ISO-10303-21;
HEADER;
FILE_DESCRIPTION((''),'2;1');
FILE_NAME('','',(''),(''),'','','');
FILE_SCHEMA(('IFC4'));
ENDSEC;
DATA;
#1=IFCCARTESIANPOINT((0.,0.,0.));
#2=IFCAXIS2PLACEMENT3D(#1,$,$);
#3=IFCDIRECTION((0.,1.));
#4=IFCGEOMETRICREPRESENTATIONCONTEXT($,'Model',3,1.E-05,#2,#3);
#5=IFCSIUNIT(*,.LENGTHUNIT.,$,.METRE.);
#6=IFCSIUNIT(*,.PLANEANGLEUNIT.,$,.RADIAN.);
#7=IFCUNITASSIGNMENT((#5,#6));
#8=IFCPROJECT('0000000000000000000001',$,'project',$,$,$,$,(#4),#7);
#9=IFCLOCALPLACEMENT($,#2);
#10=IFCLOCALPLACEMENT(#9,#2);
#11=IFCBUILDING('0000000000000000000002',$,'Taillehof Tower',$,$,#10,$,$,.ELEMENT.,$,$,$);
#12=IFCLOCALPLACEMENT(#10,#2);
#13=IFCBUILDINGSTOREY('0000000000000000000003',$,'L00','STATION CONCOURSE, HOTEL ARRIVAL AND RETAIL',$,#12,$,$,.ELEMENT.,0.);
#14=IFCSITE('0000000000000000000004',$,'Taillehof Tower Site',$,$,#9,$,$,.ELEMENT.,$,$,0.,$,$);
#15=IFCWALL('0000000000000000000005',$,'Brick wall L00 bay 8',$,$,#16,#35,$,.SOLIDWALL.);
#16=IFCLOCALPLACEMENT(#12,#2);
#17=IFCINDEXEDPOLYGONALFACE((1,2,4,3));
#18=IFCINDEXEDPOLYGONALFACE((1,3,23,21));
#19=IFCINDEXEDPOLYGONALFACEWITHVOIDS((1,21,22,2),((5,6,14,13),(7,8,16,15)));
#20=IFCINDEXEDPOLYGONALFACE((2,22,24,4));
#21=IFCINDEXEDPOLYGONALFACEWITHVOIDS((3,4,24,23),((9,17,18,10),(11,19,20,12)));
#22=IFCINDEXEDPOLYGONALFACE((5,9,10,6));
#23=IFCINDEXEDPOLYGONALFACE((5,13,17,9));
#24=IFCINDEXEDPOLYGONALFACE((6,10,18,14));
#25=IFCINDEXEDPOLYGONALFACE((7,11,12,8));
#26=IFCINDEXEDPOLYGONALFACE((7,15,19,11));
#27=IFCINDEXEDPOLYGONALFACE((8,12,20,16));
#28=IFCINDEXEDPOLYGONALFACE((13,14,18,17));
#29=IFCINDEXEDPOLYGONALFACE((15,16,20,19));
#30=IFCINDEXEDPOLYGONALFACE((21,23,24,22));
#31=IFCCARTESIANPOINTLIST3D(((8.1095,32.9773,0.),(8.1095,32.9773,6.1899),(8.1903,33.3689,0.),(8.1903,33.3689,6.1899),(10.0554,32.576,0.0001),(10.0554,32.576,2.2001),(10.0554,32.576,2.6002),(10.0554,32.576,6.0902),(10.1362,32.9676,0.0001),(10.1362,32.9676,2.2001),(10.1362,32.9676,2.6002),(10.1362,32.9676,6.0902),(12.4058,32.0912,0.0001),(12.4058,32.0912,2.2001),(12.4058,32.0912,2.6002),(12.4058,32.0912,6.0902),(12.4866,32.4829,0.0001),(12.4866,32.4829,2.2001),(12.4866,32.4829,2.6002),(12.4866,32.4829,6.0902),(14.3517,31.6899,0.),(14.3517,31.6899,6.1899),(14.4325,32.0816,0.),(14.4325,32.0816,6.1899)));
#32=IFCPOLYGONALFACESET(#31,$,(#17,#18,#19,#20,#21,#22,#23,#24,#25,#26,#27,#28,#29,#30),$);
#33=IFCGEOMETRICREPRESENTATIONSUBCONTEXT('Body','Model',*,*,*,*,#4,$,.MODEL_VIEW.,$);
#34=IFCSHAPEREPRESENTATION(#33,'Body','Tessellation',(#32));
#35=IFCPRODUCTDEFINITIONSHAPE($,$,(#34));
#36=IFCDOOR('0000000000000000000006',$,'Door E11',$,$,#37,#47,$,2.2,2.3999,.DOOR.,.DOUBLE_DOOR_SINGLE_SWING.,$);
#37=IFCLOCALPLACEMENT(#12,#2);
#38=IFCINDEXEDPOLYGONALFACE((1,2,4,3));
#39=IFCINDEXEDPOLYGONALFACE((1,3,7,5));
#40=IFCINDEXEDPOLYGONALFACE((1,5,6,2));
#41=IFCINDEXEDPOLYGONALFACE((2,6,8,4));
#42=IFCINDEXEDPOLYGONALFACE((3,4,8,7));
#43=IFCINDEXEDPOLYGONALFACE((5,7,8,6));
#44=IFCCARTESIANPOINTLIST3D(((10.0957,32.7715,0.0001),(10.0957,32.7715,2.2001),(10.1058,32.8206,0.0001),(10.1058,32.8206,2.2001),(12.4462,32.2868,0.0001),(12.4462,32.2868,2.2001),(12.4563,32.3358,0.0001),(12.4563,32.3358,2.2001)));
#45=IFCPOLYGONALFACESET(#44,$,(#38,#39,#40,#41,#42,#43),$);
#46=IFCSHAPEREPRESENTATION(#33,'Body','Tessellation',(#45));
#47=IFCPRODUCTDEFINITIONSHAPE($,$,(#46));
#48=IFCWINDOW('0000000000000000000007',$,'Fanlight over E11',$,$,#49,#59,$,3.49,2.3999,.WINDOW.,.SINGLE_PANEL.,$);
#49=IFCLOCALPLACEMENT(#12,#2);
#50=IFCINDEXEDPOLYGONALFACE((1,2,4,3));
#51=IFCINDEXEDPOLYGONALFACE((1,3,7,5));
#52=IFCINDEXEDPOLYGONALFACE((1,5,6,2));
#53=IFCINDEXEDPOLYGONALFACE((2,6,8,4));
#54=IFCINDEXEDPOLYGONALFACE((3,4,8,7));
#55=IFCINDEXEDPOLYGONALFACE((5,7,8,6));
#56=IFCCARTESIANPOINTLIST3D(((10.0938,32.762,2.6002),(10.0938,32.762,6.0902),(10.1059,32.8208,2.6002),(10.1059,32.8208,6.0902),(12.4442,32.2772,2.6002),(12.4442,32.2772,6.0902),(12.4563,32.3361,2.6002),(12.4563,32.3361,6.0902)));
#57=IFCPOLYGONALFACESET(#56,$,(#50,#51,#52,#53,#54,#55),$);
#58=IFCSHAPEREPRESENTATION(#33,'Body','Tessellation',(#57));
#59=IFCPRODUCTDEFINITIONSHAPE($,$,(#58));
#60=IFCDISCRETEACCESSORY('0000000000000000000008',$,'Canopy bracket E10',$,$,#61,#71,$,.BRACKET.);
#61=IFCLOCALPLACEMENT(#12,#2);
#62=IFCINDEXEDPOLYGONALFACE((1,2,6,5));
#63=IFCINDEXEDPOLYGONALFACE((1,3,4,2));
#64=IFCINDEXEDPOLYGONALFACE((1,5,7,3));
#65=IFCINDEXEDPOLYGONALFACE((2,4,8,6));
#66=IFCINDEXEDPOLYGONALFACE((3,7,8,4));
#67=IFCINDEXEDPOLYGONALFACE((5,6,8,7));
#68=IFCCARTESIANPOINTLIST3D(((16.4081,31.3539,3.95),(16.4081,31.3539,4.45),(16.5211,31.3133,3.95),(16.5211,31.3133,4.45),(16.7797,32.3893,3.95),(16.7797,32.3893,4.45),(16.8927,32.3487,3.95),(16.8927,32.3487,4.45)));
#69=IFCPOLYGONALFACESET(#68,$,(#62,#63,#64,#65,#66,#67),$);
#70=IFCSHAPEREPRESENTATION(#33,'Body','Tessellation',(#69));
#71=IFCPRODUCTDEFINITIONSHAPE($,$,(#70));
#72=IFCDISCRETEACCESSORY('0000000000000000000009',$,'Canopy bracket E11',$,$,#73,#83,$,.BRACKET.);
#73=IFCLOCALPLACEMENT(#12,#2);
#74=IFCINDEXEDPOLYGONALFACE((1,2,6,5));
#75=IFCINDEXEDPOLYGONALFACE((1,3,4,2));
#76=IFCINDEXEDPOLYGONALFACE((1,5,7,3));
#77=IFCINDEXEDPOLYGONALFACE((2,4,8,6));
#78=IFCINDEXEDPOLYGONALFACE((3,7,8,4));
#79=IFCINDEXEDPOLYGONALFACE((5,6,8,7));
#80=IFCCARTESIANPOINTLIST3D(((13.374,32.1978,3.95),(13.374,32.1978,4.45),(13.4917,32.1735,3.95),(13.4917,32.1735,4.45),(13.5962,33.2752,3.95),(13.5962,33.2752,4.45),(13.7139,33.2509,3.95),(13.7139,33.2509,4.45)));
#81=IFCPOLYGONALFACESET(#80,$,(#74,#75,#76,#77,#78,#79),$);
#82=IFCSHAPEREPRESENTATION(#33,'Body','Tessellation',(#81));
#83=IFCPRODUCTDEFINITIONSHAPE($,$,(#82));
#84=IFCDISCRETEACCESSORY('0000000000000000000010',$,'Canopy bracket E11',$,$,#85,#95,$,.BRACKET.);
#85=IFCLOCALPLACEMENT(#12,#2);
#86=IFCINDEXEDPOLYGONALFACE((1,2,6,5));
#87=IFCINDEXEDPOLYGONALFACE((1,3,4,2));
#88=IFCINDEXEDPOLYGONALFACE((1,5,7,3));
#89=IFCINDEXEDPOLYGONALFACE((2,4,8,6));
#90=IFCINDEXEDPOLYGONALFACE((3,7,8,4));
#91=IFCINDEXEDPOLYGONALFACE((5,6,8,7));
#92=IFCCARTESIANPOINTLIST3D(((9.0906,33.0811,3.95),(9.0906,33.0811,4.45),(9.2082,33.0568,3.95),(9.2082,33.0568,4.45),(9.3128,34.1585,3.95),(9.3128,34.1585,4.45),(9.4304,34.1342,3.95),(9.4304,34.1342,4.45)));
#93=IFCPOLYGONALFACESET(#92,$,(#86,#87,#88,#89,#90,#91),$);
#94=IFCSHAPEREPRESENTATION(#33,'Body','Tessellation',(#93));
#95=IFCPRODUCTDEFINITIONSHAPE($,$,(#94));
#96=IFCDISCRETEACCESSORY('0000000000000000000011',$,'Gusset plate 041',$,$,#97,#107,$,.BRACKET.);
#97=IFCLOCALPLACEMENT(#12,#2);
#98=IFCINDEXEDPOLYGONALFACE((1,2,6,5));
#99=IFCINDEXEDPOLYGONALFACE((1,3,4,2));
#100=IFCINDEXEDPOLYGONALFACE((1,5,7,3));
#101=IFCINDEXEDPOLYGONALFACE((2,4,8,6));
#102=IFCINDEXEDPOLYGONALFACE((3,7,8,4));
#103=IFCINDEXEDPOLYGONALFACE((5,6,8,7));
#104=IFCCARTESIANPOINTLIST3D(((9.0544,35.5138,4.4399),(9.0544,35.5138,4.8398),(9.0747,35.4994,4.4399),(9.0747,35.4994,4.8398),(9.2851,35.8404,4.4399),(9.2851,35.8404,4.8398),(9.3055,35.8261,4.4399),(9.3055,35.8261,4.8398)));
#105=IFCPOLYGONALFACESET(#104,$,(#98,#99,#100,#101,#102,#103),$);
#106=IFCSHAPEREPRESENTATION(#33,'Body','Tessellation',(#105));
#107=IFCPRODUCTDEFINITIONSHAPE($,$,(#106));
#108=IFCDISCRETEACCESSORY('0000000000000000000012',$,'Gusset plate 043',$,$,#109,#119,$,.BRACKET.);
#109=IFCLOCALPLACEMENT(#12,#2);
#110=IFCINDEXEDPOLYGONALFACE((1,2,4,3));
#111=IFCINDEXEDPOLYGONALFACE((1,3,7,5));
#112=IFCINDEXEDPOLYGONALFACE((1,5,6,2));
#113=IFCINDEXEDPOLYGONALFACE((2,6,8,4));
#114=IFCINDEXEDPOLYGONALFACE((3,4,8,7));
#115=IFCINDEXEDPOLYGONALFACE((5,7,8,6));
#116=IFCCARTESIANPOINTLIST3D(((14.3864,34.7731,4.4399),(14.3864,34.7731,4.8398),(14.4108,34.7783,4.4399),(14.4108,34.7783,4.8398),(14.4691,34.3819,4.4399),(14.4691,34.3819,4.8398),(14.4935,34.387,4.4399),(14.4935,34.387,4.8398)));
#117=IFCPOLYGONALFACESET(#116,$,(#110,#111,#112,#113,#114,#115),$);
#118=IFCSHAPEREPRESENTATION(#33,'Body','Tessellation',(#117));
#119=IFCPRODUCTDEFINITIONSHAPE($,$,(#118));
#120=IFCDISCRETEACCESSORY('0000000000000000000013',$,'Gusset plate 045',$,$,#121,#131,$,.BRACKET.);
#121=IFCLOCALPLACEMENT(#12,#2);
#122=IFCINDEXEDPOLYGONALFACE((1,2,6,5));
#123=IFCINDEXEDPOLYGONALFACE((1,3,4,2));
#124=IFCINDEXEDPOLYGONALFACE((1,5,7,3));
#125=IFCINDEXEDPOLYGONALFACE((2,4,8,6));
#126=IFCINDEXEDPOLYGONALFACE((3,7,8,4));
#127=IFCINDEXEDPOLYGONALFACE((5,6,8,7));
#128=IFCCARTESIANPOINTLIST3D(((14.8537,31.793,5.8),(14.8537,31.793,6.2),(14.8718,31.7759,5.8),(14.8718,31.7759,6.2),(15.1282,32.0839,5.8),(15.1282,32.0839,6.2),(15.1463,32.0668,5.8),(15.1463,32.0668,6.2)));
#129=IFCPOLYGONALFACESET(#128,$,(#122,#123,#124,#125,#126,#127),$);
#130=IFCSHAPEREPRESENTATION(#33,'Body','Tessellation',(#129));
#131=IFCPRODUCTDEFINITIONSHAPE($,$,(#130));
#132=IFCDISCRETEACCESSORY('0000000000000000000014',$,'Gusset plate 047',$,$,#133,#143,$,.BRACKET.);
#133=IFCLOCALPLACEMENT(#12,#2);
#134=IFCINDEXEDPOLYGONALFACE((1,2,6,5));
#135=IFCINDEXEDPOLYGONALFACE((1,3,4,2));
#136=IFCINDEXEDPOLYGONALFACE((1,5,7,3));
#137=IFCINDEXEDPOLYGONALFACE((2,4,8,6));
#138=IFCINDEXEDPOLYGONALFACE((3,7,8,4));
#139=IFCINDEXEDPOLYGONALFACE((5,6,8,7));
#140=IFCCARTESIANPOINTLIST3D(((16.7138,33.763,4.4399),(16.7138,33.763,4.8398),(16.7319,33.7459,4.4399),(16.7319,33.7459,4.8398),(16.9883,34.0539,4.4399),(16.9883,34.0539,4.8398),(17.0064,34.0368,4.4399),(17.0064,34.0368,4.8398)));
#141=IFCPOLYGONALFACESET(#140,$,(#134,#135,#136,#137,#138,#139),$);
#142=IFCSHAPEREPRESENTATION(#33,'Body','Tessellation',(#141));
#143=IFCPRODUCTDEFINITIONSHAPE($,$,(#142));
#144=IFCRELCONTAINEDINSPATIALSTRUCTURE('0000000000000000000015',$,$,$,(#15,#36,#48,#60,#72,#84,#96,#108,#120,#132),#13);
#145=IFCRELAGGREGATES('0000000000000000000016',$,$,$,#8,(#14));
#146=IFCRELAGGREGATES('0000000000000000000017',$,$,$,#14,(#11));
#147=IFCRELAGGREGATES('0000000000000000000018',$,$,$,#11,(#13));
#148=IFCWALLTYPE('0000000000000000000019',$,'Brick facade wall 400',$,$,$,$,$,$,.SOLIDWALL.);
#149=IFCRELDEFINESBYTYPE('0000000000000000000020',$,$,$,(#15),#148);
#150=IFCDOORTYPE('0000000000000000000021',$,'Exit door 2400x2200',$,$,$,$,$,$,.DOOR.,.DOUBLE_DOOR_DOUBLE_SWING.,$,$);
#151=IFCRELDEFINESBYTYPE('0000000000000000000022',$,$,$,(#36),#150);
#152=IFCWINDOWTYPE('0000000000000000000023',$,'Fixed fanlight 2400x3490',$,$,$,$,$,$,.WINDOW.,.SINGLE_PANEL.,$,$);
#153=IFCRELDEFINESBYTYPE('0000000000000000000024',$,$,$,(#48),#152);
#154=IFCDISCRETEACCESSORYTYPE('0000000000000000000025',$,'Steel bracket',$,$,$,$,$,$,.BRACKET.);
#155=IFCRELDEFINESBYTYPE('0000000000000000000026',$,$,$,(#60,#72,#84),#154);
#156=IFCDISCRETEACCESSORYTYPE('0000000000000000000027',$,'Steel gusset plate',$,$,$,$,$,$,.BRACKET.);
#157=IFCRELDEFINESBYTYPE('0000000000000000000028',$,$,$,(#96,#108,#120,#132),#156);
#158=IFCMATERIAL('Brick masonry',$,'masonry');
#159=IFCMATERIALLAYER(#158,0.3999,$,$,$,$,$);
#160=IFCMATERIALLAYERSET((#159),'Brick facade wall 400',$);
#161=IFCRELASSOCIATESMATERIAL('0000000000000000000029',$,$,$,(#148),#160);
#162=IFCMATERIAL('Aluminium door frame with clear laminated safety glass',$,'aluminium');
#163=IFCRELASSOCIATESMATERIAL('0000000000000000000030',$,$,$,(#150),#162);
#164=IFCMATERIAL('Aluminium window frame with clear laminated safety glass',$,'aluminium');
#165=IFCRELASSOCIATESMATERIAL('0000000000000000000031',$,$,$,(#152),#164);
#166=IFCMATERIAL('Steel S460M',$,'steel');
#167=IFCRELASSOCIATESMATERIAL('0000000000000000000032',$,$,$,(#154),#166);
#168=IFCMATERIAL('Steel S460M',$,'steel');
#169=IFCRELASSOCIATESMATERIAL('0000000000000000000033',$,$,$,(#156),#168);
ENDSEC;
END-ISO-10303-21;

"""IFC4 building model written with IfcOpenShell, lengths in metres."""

from ifc_helpers import new_model, si_unit, direction, frame, frame_2d, origin, origin_2d, place, context, subcontext, project, spatial, rectangle, extrude, material, layer, layer_set, type_object, element, fill, save


model = new_model("IFC4")

# Units and contexts
model_context = context("Model", 3, precision=1e-05, world=origin(), true_north=direction((0.0, 1.0)))
body_context = subcontext(model_context, "Body", "Model", "MODEL_VIEW")
ifc_project = project(units=[si_unit("LENGTHUNIT", "METRE"), si_unit("PLANEANGLEUNIT", "RADIAN")], contexts=[model_context])

# Site, building, storey
site_placement = place(None, origin())
site = spatial("IfcSite", under=ifc_project, at=site_placement, Name="Taillehof Tower Site", CompositionType="ELEMENT", RefElevation=0.0)
building_placement = place(site_placement, origin())
building = spatial("IfcBuilding", under=site, at=building_placement, Name="Taillehof Tower", CompositionType="ELEMENT")
storey_placement = place(building_placement, origin())
storey = spatial("IfcBuildingStorey", under=building, at=storey_placement, Name="L00", Description="STATION CONCOURSE, HOTEL ARRIVAL AND RETAIL", CompositionType="ELEMENT", Elevation=0.0)

# Wall, openings, door, window
ifc_material_1 = material(Name="Brick masonry", Category="masonry")
ifc_layer = layer(ifc_material_1, 0.3999)
ifc_layer_set = layer_set([ifc_layer], Name="Brick facade wall 400")
wall_type = type_object("IfcWallType", Name="Brick facade wall 400", PredefinedType="SOLIDWALL", material=ifc_layer_set)
wall_placement = place(storey_placement, frame((14.3921, 31.8857, 0.0), z_axis=(0.0, 0.0, 1.0), x_axis=(-0.979389, 0.201984, 0.0)))
wall = element("IfcWall", 1, at=wall_placement, inside=storey, type_object=wall_type, Name="Brick wall L00 bay 8", PredefinedType="SOLIDWALL", context=body_context, shape_type="SweptSolid", body=[
    extrude(rectangle(XDim=6.3735, YDim=0.3999, at=frame_2d((3.1868, 0.0))), origin(), (0.0, 0.0, 1.0), 6.1899),
])
opening_1_placement = place(wall_placement, frame((1.9868, 0.0, 0.0)))
opening_1 = element("IfcOpeningElement", 2, at=opening_1_placement, cuts=wall, PredefinedType="OPENING", context=body_context, shape_type="SweptSolid", body=[
    extrude(rectangle(XDim=2.3999, YDim=2.2, at=frame_2d((1.2, 1.1001))), frame((0.0, 0.21, 0.0), z_axis=(0.0, -1.0, 0.0), x_axis=(1.0, 0.0, 0.0)), (0.0, 0.0, 1.0), 0.4199),
])
opening_2_placement = place(wall_placement, frame((1.9868, 0.0, 2.6001)))
opening_2 = element("IfcOpeningElement", 3, at=opening_2_placement, cuts=wall, PredefinedType="OPENING", context=body_context, shape_type="SweptSolid", body=[
    extrude(rectangle(XDim=2.3999, YDim=3.49, at=frame_2d((1.2, 1.7451))), frame((0.0, 0.21, 0.0), z_axis=(0.0, -1.0, 0.0), x_axis=(1.0, 0.0, 0.0)), (0.0, 0.0, 1.0), 0.4199),
])
ifc_material_2 = material(Name="Aluminium door frame with clear laminated safety glass", Category="aluminium")
door_type = type_object("IfcDoorType", Name="Exit door 2400x2200", OperationType="DOUBLE_DOOR_DOUBLE_SWING", PredefinedType="DOOR", material=ifc_material_2)
door_placement = place(opening_1_placement, frame((2.3999, 0.0, 0.0), z_axis=(0.0, 0.0, 1.0), x_axis=(-1.0, 0.0, 0.0)))
door = element("IfcDoor", 4, at=door_placement, inside=storey, type_object=door_type, Name="Door E11", OperationType="DOUBLE_DOOR_SINGLE_SWING", OverallHeight=2.2, OverallWidth=2.3999, PredefinedType="DOOR", context=body_context, shape_type="SweptSolid", body=[
    extrude(rectangle(XDim=2.3999, YDim=2.2, at=frame_2d((1.2, 1.1001))), frame((0.0, 0.0498, 0.0), z_axis=(0.0, -1.0, 0.0), x_axis=(1.0, 0.0, 0.0)), (0.0, 0.0, 1.0), 0.05),
])
fill(opening_1, door)
ifc_material_3 = material(Name="Aluminium window frame with clear laminated safety glass", Category="aluminium")
window_type = type_object("IfcWindowType", Name="Fixed fanlight 2400x3490", PartitioningType="SINGLE_PANEL", PredefinedType="WINDOW", material=ifc_material_3)
window_placement = place(opening_2_placement, origin())
window = element("IfcWindow", 5, at=window_placement, inside=storey, type_object=window_type, Name="Fanlight over E11", OverallHeight=3.49, OverallWidth=2.3999, PartitioningType="SINGLE_PANEL", PredefinedType="WINDOW", context=body_context, shape_type="SweptSolid", body=[
    extrude(rectangle(XDim=2.3999, YDim=3.49, at=frame_2d((1.2, 1.7451))), frame((0.0, 0.01, 0.0), z_axis=(0.0, -1.0, 0.0), x_axis=(1.0, 0.0, 0.0)), (0.0, 0.0, 1.0), 0.0601),
])
fill(opening_2, window)

# Discrete accessories
ifc_material_4 = material(Name="Steel S460M", Category="steel")
discrete_accessory_type_1 = type_object("IfcDiscreteAccessoryType", Name="Steel bracket", PredefinedType="BRACKET", material=ifc_material_4)
for number, where, z_axis, x_axis, name in (
    (6, (16.6504, 31.8513, 3.95), (0.0, 0.0, 1.0), (0.337798, 0.941218, 0.0), "Canopy bracket E10"),
    (7, (13.5439, 32.7244, 3.95), (0.0, 0.0, 1.0), (0.201975, 0.979391, 0.0), "Canopy bracket E11"),
    (8, (9.2605, 33.6077, 3.95), (0.0, 0.0, 1.0), (0.201975, 0.979391, 0.0), "Canopy bracket E11"),
):
    element("IfcDiscreteAccessory", number, at=place(storey_placement, frame(where, z_axis=z_axis, x_axis=x_axis)), inside=storey, type_object=discrete_accessory_type_1, Name=name, PredefinedType="BRACKET", context=body_context, shape_type="SweptSolid", body=[
        extrude(rectangle(XDim=1.1001, YDim=0.1201, at=origin_2d()), origin(), (0.0, 0.0, 1.0), 0.5),
    ])
ifc_material_5 = material(Name="Steel S460M", Category="steel")
discrete_accessory_type_2 = type_object("IfcDiscreteAccessoryType", Name="Steel gusset plate", PredefinedType="BRACKET", material=ifc_material_5)
for number, where, z_axis, x_axis, name in (
    (9, (9.1799, 35.6699, 4.4399), (0.0, 0.0, 1.0), (-0.576929, -0.816795, 0.0), "Gusset plate 041"),
    (10, (14.4399, 34.5801, 4.4399), (0.0, 0.0, 1.0), (0.206887, -0.978365, 0.0), "Gusset plate 043"),
    (11, (15.0, 31.9299, 5.8), (0.0, 0.0, 1.0), (-0.686251, -0.727364, 0.0), "Gusset plate 045"),
    (12, (16.8601, 33.8999, 4.4399), (0.0, 0.0, 1.0), (-0.686251, -0.727364, 0.0), "Gusset plate 047"),
):
    element("IfcDiscreteAccessory", number, at=place(storey_placement, frame(where, z_axis=z_axis, x_axis=x_axis)), inside=storey, type_object=discrete_accessory_type_2, Name=name, PredefinedType="BRACKET", context=body_context, shape_type="SweptSolid", body=[
        extrude(rectangle(XDim=0.3999, YDim=0.0249, at=origin_2d()), origin(), (0.0, 0.0, 1.0), 0.3999),
    ])

save(model, "model.ifc")
